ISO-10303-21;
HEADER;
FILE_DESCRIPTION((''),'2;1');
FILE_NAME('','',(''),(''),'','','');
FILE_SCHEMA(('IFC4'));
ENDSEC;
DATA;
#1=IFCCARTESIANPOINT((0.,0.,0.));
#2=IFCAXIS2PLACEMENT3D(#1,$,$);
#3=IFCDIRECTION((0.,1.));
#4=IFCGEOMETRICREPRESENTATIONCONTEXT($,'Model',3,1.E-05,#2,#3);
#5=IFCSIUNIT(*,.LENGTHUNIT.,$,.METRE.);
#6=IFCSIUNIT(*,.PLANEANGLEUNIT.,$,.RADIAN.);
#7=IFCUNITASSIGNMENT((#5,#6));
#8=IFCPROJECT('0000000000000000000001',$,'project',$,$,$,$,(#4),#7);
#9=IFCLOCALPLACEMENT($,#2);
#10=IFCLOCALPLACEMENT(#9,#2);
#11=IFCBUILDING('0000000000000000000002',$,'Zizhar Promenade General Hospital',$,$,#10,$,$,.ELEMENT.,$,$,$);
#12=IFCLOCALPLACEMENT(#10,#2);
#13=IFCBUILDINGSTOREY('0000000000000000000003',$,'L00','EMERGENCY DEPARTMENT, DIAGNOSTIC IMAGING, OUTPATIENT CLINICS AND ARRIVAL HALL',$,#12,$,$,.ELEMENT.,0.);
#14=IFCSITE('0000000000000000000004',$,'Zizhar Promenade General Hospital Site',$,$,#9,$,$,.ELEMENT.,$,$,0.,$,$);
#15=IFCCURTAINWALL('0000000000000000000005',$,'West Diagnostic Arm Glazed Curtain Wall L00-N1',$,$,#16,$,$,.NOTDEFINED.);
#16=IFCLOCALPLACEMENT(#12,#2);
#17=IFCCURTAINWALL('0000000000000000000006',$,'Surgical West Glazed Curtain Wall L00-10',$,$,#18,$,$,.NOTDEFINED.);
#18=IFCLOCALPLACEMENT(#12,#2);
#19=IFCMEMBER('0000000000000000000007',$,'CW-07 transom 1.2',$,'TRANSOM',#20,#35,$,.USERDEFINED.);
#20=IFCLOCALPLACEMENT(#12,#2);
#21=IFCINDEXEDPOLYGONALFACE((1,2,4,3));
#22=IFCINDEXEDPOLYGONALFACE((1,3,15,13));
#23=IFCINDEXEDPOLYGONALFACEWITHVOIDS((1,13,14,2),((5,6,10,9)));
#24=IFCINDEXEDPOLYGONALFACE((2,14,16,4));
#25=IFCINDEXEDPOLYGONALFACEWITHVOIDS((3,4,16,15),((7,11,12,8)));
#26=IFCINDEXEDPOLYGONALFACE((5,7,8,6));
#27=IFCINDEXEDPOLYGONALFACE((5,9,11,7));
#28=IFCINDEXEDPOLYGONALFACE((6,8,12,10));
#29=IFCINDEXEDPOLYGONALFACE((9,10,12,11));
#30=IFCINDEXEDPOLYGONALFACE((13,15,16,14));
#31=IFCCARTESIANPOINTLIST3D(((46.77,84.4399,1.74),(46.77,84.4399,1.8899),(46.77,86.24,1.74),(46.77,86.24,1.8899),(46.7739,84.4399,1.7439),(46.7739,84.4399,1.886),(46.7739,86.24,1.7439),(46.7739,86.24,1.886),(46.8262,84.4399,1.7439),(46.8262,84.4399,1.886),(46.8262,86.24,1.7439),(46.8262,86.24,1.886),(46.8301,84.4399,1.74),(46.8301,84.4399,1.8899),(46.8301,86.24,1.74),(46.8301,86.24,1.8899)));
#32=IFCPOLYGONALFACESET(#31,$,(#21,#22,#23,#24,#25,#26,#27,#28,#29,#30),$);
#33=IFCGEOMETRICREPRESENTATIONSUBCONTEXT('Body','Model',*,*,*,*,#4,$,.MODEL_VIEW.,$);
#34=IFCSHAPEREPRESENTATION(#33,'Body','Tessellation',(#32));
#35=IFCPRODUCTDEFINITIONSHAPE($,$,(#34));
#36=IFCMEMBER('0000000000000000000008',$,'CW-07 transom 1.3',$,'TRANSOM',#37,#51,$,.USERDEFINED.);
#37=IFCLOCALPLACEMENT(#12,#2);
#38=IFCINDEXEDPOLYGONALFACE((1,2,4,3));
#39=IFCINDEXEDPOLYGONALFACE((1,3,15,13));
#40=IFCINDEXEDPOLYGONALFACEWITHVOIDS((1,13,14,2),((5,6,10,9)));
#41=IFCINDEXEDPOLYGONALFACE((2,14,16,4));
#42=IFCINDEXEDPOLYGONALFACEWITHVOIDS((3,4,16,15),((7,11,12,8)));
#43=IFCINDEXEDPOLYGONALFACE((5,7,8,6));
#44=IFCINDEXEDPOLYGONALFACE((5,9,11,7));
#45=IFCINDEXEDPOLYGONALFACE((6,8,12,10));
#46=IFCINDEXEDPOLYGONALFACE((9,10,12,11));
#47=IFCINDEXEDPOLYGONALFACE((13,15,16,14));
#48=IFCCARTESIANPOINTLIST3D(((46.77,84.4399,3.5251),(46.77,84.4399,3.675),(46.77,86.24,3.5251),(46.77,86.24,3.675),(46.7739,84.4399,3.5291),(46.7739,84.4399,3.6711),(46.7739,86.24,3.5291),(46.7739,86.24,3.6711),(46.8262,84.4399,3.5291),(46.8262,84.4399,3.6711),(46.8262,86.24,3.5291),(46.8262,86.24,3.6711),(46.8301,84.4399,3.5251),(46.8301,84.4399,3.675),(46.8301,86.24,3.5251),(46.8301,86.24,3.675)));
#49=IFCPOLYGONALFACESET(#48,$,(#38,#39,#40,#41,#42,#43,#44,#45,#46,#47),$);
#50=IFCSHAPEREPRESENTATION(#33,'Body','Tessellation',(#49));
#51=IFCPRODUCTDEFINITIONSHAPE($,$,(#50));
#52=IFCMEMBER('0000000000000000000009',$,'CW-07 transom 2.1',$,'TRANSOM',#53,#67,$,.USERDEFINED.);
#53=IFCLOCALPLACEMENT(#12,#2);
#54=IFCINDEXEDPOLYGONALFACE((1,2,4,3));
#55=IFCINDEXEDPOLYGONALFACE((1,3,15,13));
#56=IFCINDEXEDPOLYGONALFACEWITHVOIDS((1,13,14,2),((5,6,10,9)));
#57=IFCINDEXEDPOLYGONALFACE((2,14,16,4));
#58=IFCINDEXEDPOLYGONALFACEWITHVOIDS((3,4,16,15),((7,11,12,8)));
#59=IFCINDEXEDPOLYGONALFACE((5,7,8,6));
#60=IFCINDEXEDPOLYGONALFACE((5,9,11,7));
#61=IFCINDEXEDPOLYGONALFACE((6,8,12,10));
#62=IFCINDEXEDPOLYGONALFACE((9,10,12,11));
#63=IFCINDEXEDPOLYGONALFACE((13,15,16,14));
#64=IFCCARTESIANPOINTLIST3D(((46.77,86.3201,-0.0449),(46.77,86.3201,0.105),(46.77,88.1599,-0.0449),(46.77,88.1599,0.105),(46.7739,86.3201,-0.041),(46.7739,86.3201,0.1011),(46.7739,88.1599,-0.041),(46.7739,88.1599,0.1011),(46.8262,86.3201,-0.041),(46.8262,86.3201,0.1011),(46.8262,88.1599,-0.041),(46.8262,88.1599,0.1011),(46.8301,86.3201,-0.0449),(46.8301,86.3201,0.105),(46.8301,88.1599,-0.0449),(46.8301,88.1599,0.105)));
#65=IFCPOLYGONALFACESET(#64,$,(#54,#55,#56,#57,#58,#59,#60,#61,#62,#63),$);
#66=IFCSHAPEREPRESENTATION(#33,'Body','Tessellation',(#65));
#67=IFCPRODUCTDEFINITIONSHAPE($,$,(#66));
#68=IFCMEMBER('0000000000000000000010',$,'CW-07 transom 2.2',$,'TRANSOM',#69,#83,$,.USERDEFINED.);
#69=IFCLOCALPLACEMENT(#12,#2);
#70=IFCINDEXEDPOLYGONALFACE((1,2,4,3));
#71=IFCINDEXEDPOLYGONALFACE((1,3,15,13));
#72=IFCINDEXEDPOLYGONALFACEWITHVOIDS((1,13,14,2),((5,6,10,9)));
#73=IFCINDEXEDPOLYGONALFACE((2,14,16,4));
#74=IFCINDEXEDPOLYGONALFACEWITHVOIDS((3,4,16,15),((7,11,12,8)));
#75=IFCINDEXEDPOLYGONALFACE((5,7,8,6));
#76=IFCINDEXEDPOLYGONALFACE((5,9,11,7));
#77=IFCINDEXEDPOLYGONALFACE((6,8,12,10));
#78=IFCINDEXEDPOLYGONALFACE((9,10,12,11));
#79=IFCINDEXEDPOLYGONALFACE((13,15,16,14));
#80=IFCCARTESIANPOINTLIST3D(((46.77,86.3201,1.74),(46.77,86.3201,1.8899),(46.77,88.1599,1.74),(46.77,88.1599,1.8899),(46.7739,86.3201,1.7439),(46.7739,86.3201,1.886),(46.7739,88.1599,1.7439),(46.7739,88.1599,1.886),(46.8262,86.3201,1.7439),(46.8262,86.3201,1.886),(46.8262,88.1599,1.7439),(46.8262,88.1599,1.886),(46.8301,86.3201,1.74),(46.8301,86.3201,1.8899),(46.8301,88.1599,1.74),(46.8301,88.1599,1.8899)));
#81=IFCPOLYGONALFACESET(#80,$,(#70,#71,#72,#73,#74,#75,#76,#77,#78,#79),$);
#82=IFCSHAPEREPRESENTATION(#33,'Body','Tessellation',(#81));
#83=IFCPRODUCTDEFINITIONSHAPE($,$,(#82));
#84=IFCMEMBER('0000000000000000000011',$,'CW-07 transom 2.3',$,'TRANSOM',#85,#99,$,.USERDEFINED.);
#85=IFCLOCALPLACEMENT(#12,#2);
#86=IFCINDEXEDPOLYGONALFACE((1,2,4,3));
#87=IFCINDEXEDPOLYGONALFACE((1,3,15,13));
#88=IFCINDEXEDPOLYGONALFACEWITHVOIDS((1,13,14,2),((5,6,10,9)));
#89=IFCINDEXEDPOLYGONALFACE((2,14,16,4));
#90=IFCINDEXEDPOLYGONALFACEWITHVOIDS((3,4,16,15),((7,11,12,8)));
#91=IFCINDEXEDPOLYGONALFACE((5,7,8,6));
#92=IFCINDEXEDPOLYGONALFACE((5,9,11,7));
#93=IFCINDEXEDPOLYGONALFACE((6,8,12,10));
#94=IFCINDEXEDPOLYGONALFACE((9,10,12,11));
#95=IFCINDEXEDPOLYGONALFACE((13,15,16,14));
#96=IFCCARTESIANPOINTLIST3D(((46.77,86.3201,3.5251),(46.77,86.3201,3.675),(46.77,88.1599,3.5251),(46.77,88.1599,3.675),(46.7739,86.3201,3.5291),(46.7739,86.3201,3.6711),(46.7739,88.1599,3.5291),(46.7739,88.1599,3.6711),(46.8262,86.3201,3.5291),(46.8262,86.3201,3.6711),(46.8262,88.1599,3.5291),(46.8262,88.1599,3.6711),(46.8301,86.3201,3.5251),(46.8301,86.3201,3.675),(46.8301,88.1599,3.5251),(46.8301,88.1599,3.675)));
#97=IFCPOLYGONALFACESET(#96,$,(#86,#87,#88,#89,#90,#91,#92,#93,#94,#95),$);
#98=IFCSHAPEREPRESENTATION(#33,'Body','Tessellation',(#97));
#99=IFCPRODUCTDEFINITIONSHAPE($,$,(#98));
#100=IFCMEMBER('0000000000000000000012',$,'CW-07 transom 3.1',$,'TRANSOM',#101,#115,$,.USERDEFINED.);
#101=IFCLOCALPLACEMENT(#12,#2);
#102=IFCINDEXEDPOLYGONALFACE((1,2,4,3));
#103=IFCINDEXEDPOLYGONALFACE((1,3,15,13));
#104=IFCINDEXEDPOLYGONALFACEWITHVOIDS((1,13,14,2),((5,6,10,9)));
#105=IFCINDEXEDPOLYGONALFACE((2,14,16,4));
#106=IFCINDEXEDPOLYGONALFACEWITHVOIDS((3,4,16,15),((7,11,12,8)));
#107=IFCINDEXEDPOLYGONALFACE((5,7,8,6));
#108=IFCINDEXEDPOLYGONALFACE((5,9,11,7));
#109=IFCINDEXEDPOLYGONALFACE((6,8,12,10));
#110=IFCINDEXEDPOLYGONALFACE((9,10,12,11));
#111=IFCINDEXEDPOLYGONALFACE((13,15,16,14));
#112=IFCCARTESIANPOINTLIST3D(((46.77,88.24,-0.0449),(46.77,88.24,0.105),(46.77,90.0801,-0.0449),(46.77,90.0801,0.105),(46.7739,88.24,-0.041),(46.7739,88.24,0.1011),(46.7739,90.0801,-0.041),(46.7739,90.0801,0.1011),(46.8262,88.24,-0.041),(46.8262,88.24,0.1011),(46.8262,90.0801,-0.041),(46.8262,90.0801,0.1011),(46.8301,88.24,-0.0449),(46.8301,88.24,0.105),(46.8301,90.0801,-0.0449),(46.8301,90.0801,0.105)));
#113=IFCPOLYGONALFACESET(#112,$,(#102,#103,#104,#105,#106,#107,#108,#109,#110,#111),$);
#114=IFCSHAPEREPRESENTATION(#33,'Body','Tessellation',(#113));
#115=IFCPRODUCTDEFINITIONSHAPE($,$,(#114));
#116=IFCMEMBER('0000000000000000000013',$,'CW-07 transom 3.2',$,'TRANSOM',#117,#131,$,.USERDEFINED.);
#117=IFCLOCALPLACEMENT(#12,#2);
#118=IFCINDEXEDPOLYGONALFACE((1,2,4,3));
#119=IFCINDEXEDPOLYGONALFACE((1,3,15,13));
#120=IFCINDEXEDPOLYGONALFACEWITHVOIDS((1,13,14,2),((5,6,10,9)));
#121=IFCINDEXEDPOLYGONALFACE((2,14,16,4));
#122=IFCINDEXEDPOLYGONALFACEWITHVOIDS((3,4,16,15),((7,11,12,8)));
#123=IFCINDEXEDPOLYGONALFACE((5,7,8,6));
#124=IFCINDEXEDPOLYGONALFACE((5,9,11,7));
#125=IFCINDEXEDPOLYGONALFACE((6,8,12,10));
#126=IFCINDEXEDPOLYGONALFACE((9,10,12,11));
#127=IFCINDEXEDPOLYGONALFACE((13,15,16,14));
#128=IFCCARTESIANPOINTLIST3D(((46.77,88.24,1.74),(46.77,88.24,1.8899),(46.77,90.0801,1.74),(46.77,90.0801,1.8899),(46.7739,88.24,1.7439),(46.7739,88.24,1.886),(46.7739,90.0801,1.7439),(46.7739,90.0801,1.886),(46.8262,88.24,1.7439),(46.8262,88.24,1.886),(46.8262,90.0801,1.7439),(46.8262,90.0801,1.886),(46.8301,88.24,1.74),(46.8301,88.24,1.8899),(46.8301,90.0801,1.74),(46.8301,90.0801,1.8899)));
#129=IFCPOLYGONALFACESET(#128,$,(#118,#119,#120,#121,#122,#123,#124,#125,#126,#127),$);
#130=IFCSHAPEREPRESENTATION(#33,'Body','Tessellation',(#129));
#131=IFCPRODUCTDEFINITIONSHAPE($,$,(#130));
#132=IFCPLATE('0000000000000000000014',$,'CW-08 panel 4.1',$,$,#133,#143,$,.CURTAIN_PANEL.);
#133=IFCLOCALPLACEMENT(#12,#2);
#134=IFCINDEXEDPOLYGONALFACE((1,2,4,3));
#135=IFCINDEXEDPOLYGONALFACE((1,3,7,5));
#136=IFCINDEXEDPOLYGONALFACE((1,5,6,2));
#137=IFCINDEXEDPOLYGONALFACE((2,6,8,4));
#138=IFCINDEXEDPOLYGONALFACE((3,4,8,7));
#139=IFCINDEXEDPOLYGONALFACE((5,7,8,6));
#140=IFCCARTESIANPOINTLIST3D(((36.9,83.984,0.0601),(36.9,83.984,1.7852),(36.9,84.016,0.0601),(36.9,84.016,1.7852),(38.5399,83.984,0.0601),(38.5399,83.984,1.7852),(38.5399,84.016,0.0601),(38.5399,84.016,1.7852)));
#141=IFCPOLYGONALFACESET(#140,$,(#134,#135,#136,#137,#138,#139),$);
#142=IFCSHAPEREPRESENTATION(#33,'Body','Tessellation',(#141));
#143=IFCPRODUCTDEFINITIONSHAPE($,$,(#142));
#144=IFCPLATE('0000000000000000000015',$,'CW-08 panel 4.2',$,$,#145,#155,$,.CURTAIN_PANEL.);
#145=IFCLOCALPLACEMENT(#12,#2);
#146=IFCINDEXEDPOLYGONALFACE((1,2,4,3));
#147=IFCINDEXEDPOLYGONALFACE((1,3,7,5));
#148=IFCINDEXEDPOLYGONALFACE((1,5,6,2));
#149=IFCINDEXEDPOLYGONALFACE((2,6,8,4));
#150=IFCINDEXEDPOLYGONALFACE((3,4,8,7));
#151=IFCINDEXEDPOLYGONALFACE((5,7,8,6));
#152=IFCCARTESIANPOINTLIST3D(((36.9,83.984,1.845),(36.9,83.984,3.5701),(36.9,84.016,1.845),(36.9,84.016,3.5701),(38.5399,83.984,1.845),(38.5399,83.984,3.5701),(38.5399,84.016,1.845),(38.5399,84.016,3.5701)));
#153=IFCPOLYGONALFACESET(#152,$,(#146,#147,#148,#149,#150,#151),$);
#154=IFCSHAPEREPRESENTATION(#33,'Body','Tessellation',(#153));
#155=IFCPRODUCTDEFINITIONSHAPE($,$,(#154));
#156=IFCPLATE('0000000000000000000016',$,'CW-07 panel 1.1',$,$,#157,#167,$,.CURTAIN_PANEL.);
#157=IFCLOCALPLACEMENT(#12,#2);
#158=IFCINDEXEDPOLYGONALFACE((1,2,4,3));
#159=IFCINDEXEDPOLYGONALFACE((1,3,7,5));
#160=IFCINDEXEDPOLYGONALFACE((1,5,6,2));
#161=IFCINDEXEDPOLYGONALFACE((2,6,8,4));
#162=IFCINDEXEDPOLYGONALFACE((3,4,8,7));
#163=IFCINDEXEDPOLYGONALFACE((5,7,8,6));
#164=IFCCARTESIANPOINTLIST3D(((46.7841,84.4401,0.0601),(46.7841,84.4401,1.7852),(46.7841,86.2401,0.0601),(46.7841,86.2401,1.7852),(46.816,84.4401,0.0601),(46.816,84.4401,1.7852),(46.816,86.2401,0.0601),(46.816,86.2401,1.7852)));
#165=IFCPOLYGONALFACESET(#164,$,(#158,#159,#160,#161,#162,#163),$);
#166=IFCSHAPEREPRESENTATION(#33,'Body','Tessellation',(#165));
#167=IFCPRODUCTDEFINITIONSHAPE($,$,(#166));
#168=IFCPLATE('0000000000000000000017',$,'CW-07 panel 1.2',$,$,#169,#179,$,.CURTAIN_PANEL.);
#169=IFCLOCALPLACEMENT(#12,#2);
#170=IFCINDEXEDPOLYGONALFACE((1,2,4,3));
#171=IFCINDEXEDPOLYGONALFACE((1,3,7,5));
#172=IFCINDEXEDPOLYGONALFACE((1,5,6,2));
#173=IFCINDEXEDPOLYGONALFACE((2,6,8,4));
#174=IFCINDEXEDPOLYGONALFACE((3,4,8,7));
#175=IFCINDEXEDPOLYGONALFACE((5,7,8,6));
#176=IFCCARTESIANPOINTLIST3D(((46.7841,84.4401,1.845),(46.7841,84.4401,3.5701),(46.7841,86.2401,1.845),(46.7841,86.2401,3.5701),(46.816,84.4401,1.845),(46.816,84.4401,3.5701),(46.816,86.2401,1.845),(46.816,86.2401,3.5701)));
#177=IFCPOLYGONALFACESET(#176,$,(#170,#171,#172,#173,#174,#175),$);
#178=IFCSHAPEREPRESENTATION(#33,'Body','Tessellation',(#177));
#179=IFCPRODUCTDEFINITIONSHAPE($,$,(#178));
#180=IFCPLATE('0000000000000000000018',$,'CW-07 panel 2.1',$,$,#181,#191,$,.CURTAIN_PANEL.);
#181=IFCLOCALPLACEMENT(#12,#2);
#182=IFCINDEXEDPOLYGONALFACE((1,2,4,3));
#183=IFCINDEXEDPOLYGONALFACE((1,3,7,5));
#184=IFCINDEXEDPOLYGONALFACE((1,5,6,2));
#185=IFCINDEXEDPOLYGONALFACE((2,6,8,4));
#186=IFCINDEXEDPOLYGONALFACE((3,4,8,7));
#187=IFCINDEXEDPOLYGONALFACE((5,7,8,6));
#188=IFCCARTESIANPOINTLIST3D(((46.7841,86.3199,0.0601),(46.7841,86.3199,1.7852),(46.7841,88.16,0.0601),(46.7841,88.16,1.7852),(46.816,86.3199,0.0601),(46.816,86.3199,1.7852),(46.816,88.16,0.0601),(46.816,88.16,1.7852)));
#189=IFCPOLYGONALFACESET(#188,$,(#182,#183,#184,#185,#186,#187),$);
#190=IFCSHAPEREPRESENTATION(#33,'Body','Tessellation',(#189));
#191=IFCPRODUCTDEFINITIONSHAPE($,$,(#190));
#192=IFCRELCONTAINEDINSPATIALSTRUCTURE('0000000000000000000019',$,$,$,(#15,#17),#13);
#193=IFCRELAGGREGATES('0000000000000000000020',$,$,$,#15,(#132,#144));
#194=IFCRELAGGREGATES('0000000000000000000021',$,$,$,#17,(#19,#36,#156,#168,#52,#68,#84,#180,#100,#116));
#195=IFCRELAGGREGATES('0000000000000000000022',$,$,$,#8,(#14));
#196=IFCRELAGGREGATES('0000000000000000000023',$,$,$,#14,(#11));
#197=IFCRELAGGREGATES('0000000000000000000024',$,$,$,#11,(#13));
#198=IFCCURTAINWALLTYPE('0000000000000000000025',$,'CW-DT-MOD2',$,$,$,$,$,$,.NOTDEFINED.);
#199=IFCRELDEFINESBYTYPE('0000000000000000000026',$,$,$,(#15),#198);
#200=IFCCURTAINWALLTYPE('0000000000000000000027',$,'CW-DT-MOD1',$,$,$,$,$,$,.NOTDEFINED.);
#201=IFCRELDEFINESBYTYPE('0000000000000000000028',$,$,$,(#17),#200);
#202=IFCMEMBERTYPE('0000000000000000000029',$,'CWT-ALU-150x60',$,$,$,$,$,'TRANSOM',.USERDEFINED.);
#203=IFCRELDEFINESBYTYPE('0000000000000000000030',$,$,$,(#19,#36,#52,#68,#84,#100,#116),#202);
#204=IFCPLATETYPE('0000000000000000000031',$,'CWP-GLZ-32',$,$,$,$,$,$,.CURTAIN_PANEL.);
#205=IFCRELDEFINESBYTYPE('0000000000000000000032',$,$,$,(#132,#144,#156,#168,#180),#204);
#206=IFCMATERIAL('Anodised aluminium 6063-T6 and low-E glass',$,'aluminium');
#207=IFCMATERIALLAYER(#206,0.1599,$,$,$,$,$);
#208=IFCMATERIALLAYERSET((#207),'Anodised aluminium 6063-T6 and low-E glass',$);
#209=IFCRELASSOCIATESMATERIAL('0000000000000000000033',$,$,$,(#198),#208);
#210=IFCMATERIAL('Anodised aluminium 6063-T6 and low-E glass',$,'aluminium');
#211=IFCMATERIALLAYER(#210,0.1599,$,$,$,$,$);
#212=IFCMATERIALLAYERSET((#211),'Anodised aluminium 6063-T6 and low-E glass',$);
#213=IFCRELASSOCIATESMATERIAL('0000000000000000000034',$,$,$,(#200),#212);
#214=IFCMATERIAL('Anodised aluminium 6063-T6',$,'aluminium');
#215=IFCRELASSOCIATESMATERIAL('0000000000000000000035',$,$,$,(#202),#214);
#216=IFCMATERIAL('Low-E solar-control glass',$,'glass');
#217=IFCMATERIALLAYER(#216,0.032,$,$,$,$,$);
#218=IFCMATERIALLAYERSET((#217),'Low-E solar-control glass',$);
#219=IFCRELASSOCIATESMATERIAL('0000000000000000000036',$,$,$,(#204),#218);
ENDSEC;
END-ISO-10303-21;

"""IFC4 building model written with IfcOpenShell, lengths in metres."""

from ifc_helpers import new_model, si_unit, direction, frame, origin, origin_2d, place, context, subcontext, project, spatial, rectangle, hollow_rectangle, extrude, material, layer, layer_set, material_profile, profile_set, type_object, element, aggregate, save


model = new_model("IFC4")

# Units and contexts
model_context = context("Model", 3, precision=1e-05, world=origin(), true_north=direction((0.0, 1.0)))
body_context = subcontext(model_context, "Body", "Model", "MODEL_VIEW")
ifc_project = project(units=[si_unit("LENGTHUNIT", "METRE"), si_unit("PLANEANGLEUNIT", "RADIAN")], contexts=[model_context])

# Site, building, storey
site_placement = place(None, origin())
site = spatial("IfcSite", under=ifc_project, at=site_placement, Name="Zizhar Promenade General Hospital Site", CompositionType="ELEMENT", RefElevation=0.0)
building_placement = place(site_placement, origin())
building = spatial("IfcBuilding", under=site, at=building_placement, Name="Zizhar Promenade General Hospital", CompositionType="ELEMENT")
storey_placement = place(building_placement, origin())
storey = spatial("IfcBuildingStorey", under=building, at=storey_placement, Name="L00", Description="EMERGENCY DEPARTMENT, DIAGNOSTIC IMAGING, OUTPATIENT CLINICS AND ARRIVAL HALL", CompositionType="ELEMENT", Elevation=0.0)

# Curtain wall
ifc_material_1 = material(Name="Anodised aluminium 6063-T6 and low-E glass", Category="aluminium")
ifc_layer_1 = layer(ifc_material_1, 0.1599)
ifc_layer_set_1 = layer_set([ifc_layer_1], Name="Anodised aluminium 6063-T6 and low-E glass")
curtain_wall_type_1 = type_object("IfcCurtainWallType", Name="CW-DT-MOD2", PredefinedType="NOTDEFINED", material=ifc_layer_set_1)
curtain_wall_1_placement = place(storey_placement, origin())
curtain_wall_1 = element("IfcCurtainWall", 1, at=curtain_wall_1_placement, inside=storey, type_object=curtain_wall_type_1, Name="West Diagnostic Arm Glazed Curtain Wall L00-N1", PredefinedType="NOTDEFINED")

# Curtain wall
ifc_material_2 = material(Name="Anodised aluminium 6063-T6 and low-E glass", Category="aluminium")
ifc_layer_2 = layer(ifc_material_2, 0.1599)
ifc_layer_set_2 = layer_set([ifc_layer_2], Name="Anodised aluminium 6063-T6 and low-E glass")
curtain_wall_type_2 = type_object("IfcCurtainWallType", Name="CW-DT-MOD1", PredefinedType="NOTDEFINED", material=ifc_layer_set_2)
curtain_wall_2_placement = place(storey_placement, origin())
curtain_wall_2 = element("IfcCurtainWall", 2, at=curtain_wall_2_placement, inside=storey, type_object=curtain_wall_type_2, Name="Surgical West Glazed Curtain Wall L00-10", PredefinedType="NOTDEFINED")

# Members
ifc_material_3 = material(Name="Anodised aluminium 6063-T6", Category="aluminium")
ifc_material_profile_1 = material_profile(ifc_material_3, hollow_rectangle(XDim=0.0601, YDim=0.1499, WallThickness=0.0039, at=origin_2d()))
ifc_profile_set_1 = profile_set([ifc_material_profile_1], Name="Anodised aluminium 6063-T6")
member_type_1 = type_object("IfcMemberType", Name="CWT-ALU-150x60", ElementType="TRANSOM", PredefinedType="USERDEFINED", material=ifc_profile_set_1)
member_1_placement = place(storey_placement, frame((46.8, 84.4399, 1.8149), z_axis=(0.0, 1.0, 0.0), x_axis=(-1.0, 0.0, 0.0)))
member_1 = element("IfcMember", 3, at=member_1_placement, type_object=member_type_1, Name="CW-07 transom 1.2", ObjectType="TRANSOM", PredefinedType="USERDEFINED", context=body_context, shape_type="SweptSolid", body=[
    extrude(hollow_rectangle(XDim=0.0601, YDim=0.1499, WallThickness=0.0039, at=origin_2d()), origin(), (0.0, 0.0, 1.0), 1.8),
])
member_2_placement = place(storey_placement, frame((46.8, 84.4399, 3.6001), z_axis=(0.0, 1.0, 0.0), x_axis=(-1.0, 0.0, 0.0)))
member_2 = element("IfcMember", 4, at=member_2_placement, type_object=member_type_1, Name="CW-07 transom 1.3", ObjectType="TRANSOM", PredefinedType="USERDEFINED", context=body_context, shape_type="SweptSolid", body=[
    extrude(hollow_rectangle(XDim=0.0601, YDim=0.1499, WallThickness=0.0039, at=origin_2d()), origin(), (0.0, 0.0, 1.0), 1.8),
])
member_3_placement = place(storey_placement, frame((46.8, 86.3201, 0.03), z_axis=(0.0, 1.0, 0.0), x_axis=(-1.0, 0.0, 0.0)))
member_3 = element("IfcMember", 5, at=member_3_placement, type_object=member_type_1, Name="CW-07 transom 2.1", ObjectType="TRANSOM", PredefinedType="USERDEFINED", context=body_context, shape_type="SweptSolid", body=[
    extrude(hollow_rectangle(XDim=0.0601, YDim=0.1499, WallThickness=0.0039, at=origin_2d()), origin(), (0.0, 0.0, 1.0), 1.8398),
])
member_4_placement = place(storey_placement, frame((46.8, 86.3201, 1.8149), z_axis=(0.0, 1.0, 0.0), x_axis=(-1.0, 0.0, 0.0)))
member_4 = element("IfcMember", 6, at=member_4_placement, type_object=member_type_1, Name="CW-07 transom 2.2", ObjectType="TRANSOM", PredefinedType="USERDEFINED", context=body_context, shape_type="SweptSolid", body=[
    extrude(hollow_rectangle(XDim=0.0601, YDim=0.1499, WallThickness=0.0039, at=origin_2d()), origin(), (0.0, 0.0, 1.0), 1.8398),
])
member_5_placement = place(storey_placement, frame((46.8, 86.3201, 3.6001), z_axis=(0.0, 1.0, 0.0), x_axis=(-1.0, 0.0, 0.0)))
member_5 = element("IfcMember", 7, at=member_5_placement, type_object=member_type_1, Name="CW-07 transom 2.3", ObjectType="TRANSOM", PredefinedType="USERDEFINED", context=body_context, shape_type="SweptSolid", body=[
    extrude(hollow_rectangle(XDim=0.0601, YDim=0.1499, WallThickness=0.0039, at=origin_2d()), origin(), (0.0, 0.0, 1.0), 1.8398),
])
member_6_placement = place(storey_placement, frame((46.8, 88.24, 0.03), z_axis=(0.0, 1.0, 0.0), x_axis=(-1.0, 0.0, 0.0)))
member_6 = element("IfcMember", 8, at=member_6_placement, type_object=member_type_1, Name="CW-07 transom 3.1", ObjectType="TRANSOM", PredefinedType="USERDEFINED", context=body_context, shape_type="SweptSolid", body=[
    extrude(hollow_rectangle(XDim=0.0601, YDim=0.1499, WallThickness=0.0039, at=origin_2d()), origin(), (0.0, 0.0, 1.0), 1.8401),
])
member_7_placement = place(storey_placement, frame((46.8, 88.24, 1.8149), z_axis=(0.0, 1.0, 0.0), x_axis=(-1.0, 0.0, 0.0)))
member_7 = element("IfcMember", 9, at=member_7_placement, type_object=member_type_1, Name="CW-07 transom 3.2", ObjectType="TRANSOM", PredefinedType="USERDEFINED", context=body_context, shape_type="SweptSolid", body=[
    extrude(hollow_rectangle(XDim=0.0601, YDim=0.1499, WallThickness=0.0039, at=origin_2d()), origin(), (0.0, 0.0, 1.0), 1.8401),
])

# Plates
ifc_material_4 = material(Name="Low-E solar-control glass", Category="glass")
ifc_layer_3 = layer(ifc_material_4, 0.032)
ifc_layer_set_3 = layer_set([ifc_layer_3], Name="Low-E solar-control glass")
plate_type = type_object("IfcPlateType", Name="CWP-GLZ-32", PredefinedType="CURTAIN_PANEL", material=ifc_layer_set_3)
plate_1_placement = place(storey_placement, frame((37.72, 84.0, 0.0601), z_axis=(0.0, 0.0, 1.0), x_axis=(1.0, 0.0, 0.0)))
plate_1 = element("IfcPlate", 10, at=plate_1_placement, type_object=plate_type, Name="CW-08 panel 4.1", PredefinedType="CURTAIN_PANEL", context=body_context, shape_type="SweptSolid", body=[
    extrude(rectangle(XDim=1.6399, YDim=0.032, at=origin_2d()), origin(), (0.0, 0.0, 1.0), 1.7251),
])
plate_2_placement = place(storey_placement, frame((37.72, 84.0, 1.845), z_axis=(0.0, 0.0, 1.0), x_axis=(1.0, 0.0, 0.0)))
plate_2 = element("IfcPlate", 11, at=plate_2_placement, type_object=plate_type, Name="CW-08 panel 4.2", PredefinedType="CURTAIN_PANEL", context=body_context, shape_type="SweptSolid", body=[
    extrude(rectangle(XDim=1.6399, YDim=0.032, at=origin_2d()), origin(), (0.0, 0.0, 1.0), 1.7251),
])
aggregate(curtain_wall_1, [plate_1, plate_2])
plate_3_placement = place(storey_placement, frame((46.8, 85.3401, 0.0601), z_axis=(0.0, 0.0, 1.0), x_axis=(0.0, 1.0, 0.0)))
plate_3 = element("IfcPlate", 12, at=plate_3_placement, type_object=plate_type, Name="CW-07 panel 1.1", PredefinedType="CURTAIN_PANEL", context=body_context, shape_type="SweptSolid", body=[
    extrude(rectangle(XDim=1.8, YDim=0.032, at=origin_2d()), origin(), (0.0, 0.0, 1.0), 1.7251),
])
plate_4_placement = place(storey_placement, frame((46.8, 85.3401, 1.845), z_axis=(0.0, 0.0, 1.0), x_axis=(0.0, 1.0, 0.0)))
plate_4 = element("IfcPlate", 13, at=plate_4_placement, type_object=plate_type, Name="CW-07 panel 1.2", PredefinedType="CURTAIN_PANEL", context=body_context, shape_type="SweptSolid", body=[
    extrude(rectangle(XDim=1.8, YDim=0.032, at=origin_2d()), origin(), (0.0, 0.0, 1.0), 1.7251),
])
plate_5_placement = place(storey_placement, frame((46.8, 87.24, 0.0601), z_axis=(0.0, 0.0, 1.0), x_axis=(0.0, 1.0, 0.0)))
plate_5 = element("IfcPlate", 14, at=plate_5_placement, type_object=plate_type, Name="CW-07 panel 2.1", PredefinedType="CURTAIN_PANEL", context=body_context, shape_type="SweptSolid", body=[
    extrude(rectangle(XDim=1.8401, YDim=0.032, at=origin_2d()), origin(), (0.0, 0.0, 1.0), 1.7251),
])
aggregate(curtain_wall_2, [member_1, member_2, plate_3, plate_4, member_3, member_4, member_5, plate_5, member_6, member_7])

save(model, "model.ifc")
